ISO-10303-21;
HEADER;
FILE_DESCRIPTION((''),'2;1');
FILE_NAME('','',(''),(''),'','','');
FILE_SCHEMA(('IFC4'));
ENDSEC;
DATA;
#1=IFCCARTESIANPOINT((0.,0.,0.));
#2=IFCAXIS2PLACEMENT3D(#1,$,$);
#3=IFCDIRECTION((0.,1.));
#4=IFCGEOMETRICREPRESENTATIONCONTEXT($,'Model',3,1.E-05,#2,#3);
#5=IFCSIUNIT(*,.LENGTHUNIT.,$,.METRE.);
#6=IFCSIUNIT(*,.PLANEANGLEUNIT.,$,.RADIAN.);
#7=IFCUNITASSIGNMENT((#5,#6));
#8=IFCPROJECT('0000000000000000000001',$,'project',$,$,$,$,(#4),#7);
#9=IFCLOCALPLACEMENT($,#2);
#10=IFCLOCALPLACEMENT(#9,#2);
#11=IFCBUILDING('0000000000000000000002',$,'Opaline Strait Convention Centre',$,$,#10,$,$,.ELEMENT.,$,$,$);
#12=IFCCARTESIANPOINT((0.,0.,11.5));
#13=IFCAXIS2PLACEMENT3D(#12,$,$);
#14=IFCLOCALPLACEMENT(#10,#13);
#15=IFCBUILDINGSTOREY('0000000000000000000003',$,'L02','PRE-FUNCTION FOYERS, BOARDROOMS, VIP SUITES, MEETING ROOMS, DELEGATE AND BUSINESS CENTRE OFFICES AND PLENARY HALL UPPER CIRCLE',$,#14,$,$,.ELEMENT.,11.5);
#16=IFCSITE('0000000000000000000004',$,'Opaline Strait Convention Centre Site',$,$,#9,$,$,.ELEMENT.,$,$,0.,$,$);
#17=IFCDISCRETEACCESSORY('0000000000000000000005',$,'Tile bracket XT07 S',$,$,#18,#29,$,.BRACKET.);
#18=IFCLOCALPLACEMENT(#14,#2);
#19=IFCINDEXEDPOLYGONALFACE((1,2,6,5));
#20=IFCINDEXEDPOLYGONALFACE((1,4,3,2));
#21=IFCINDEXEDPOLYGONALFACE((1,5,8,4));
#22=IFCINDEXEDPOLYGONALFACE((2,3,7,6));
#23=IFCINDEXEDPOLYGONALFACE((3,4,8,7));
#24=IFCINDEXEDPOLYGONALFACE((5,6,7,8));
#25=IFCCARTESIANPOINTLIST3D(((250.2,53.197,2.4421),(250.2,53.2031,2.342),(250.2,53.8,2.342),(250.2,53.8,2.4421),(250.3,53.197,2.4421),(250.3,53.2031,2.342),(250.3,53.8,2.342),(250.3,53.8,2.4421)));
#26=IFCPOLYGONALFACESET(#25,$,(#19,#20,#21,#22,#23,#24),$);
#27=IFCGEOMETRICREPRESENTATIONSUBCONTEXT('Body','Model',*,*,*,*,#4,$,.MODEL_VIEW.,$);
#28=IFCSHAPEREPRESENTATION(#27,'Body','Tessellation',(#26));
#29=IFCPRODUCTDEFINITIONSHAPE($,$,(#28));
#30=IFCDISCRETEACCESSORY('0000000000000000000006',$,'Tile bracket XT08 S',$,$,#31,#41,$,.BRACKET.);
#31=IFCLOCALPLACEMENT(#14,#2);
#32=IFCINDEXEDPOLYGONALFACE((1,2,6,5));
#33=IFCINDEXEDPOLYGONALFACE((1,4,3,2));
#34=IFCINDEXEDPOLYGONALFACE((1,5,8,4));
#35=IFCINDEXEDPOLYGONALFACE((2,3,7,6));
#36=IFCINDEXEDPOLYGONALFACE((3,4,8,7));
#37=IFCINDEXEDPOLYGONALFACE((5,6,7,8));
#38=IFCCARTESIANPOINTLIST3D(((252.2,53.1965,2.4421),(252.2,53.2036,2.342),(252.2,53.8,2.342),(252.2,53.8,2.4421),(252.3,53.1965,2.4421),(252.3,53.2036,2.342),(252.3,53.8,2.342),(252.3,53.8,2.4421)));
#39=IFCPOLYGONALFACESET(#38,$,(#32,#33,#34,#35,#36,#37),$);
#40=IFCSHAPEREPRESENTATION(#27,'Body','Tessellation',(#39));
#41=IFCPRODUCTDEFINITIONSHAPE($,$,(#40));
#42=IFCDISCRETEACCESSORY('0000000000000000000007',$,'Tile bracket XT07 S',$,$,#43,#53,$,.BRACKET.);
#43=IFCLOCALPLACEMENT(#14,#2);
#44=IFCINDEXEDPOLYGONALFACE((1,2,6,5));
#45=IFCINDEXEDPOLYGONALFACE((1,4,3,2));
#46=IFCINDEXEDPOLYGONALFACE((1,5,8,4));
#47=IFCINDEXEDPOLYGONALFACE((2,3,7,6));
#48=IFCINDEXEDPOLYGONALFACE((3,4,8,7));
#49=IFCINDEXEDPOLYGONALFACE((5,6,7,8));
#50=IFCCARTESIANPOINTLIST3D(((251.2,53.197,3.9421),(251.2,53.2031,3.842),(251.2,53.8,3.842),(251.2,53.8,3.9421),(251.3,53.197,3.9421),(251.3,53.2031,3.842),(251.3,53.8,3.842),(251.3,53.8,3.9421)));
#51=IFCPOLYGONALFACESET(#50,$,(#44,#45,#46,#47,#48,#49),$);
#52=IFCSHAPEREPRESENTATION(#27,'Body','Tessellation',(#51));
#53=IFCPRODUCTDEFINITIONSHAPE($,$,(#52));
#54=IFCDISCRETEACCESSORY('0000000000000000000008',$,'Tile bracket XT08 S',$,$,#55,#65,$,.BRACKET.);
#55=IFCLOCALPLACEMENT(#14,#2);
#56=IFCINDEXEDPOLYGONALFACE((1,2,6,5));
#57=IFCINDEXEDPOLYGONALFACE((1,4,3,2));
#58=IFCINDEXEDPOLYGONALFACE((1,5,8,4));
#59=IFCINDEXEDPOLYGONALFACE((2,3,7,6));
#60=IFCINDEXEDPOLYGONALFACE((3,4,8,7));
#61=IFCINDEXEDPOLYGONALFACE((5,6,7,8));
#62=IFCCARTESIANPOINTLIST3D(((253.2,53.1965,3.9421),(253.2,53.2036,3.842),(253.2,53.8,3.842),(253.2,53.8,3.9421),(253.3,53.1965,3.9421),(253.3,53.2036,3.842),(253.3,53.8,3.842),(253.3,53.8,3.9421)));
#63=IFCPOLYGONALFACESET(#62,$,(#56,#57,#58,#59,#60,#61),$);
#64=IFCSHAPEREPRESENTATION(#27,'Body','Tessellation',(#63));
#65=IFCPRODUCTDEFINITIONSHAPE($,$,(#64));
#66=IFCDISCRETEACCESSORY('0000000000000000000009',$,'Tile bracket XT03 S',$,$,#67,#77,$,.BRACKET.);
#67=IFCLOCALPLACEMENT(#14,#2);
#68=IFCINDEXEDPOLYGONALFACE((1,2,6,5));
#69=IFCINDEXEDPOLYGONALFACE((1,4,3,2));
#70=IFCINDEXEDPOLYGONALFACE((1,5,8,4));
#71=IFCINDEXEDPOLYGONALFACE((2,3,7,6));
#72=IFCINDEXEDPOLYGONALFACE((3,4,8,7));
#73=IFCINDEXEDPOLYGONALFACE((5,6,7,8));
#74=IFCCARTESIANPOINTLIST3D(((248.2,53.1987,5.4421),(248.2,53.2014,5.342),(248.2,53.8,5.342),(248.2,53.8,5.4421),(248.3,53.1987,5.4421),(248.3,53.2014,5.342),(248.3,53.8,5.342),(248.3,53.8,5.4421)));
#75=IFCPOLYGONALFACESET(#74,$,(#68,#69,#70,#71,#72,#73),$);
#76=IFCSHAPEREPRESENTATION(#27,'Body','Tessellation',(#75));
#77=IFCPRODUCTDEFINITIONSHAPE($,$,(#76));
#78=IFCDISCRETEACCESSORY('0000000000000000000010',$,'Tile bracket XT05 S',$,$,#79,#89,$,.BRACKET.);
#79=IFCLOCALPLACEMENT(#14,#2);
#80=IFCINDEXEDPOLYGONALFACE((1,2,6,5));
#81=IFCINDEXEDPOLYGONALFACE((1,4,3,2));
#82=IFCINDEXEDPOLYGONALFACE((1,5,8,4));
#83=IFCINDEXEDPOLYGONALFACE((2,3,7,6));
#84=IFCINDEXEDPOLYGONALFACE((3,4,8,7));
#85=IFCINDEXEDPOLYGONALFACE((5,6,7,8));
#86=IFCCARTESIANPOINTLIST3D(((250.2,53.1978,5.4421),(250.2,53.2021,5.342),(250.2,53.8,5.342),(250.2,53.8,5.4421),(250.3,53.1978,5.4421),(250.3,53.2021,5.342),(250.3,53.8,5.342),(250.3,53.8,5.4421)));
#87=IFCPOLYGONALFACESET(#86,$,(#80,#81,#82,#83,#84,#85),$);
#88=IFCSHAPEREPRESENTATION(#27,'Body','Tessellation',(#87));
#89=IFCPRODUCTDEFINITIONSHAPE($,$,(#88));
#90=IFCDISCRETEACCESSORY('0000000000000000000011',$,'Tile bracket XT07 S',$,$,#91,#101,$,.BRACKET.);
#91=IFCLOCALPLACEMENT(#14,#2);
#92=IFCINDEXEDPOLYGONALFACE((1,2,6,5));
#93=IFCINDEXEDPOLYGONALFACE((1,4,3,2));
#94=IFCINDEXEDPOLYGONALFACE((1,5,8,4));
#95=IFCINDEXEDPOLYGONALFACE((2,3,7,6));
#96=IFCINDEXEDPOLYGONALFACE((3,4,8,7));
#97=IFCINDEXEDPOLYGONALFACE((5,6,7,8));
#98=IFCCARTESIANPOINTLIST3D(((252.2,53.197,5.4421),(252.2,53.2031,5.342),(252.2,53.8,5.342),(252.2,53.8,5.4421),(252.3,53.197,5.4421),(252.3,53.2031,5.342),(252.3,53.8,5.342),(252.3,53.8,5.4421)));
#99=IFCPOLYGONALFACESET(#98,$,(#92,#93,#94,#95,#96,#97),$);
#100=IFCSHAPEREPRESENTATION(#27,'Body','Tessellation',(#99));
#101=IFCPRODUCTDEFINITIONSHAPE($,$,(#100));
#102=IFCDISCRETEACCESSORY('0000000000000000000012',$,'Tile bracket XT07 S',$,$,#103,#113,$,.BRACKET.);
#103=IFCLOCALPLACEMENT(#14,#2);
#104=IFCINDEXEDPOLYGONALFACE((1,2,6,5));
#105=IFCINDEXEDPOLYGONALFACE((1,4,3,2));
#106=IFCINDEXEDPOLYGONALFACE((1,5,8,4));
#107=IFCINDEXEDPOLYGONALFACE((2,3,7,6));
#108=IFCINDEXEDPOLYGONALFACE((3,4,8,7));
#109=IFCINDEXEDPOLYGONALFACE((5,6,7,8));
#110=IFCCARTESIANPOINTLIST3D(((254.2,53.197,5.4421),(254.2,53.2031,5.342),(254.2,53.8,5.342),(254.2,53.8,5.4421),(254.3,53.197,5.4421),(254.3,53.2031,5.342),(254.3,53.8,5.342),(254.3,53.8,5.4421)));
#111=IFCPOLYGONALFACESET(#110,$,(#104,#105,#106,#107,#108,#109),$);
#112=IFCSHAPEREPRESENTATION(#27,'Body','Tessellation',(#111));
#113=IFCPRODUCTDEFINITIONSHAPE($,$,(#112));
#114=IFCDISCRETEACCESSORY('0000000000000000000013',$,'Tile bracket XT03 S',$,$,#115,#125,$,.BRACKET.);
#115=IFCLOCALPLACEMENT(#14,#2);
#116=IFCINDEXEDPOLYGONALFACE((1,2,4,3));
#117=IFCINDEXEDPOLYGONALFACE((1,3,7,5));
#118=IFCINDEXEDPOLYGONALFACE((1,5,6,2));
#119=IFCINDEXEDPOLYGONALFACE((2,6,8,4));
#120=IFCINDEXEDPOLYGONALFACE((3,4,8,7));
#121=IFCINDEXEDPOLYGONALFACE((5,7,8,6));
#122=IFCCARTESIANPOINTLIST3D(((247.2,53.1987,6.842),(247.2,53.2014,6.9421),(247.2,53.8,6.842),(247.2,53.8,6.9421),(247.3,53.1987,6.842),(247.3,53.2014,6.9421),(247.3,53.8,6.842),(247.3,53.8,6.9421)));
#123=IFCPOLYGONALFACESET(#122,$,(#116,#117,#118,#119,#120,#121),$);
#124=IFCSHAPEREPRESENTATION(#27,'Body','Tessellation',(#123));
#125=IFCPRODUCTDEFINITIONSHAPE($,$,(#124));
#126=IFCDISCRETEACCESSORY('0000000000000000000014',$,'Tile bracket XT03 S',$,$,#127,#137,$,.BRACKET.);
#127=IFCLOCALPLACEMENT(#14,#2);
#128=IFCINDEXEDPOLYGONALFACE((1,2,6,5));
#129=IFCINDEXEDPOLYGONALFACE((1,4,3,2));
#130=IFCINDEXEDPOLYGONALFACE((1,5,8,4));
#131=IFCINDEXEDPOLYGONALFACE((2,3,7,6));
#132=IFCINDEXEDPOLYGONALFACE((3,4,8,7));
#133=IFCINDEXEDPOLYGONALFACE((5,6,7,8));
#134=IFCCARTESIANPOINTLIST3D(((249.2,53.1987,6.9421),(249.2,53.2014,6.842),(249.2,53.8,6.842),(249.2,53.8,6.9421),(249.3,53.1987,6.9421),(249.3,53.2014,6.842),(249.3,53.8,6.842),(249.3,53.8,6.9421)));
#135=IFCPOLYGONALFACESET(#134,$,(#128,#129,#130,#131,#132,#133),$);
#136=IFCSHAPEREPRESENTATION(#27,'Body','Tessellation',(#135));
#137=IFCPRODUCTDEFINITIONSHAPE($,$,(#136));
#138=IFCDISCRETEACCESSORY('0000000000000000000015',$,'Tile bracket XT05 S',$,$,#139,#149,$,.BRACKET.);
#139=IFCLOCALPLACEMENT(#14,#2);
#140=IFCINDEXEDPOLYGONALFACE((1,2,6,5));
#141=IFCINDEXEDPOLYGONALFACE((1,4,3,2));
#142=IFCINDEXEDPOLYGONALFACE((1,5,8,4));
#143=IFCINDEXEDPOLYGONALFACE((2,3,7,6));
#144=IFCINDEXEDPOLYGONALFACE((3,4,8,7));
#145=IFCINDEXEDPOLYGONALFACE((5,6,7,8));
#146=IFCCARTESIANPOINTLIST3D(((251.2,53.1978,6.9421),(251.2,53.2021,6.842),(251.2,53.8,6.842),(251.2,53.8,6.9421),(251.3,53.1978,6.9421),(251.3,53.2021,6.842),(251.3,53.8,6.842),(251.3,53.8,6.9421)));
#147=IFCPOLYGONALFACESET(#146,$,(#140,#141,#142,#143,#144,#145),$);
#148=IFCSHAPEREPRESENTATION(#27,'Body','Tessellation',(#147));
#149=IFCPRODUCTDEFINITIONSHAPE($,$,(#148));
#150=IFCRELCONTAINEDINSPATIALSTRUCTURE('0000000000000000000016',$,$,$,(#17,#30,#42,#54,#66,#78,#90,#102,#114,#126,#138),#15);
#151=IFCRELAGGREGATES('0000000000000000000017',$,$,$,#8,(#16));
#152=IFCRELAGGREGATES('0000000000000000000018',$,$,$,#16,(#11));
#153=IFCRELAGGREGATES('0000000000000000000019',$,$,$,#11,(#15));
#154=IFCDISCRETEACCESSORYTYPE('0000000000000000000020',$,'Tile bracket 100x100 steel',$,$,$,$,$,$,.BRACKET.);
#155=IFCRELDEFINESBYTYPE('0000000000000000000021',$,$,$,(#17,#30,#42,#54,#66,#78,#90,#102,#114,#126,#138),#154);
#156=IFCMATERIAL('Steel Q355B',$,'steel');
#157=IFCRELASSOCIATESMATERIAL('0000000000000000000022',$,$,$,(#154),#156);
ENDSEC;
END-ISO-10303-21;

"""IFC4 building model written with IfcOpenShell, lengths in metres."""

from ifc_helpers import new_model, si_unit, direction, frame, origin, place, context, subcontext, project, spatial, polyline, outline, extrude, material, type_object, element, save


model = new_model("IFC4")

# Units and contexts
model_context = context("Model", 3, precision=1e-05, world=origin(), true_north=direction((0.0, 1.0)))
body_context = subcontext(model_context, "Body", "Model", "MODEL_VIEW")
ifc_project = project(units=[si_unit("LENGTHUNIT", "METRE"), si_unit("PLANEANGLEUNIT", "RADIAN")], contexts=[model_context])

# Site, building, storey
site_placement = place(None, origin())
site = spatial("IfcSite", under=ifc_project, at=site_placement, Name="Opaline Strait Convention Centre Site", CompositionType="ELEMENT", RefElevation=0.0)
building_placement = place(site_placement, origin())
building = spatial("IfcBuilding", under=site, at=building_placement, Name="Opaline Strait Convention Centre", CompositionType="ELEMENT")
storey_placement = place(building_placement, frame((0.0, 0.0, 11.5)))
storey = spatial("IfcBuildingStorey", under=building, at=storey_placement, Name="L02", Description="PRE-FUNCTION FOYERS, BOARDROOMS, VIP SUITES, MEETING ROOMS, DELEGATE AND BUSINESS CENTRE OFFICES AND PLENARY HALL UPPER CIRCLE", CompositionType="ELEMENT", Elevation=11.5)

# Discrete accessories
ifc_material_1 = material(Name="Steel Q355B", Category="steel")
discrete_accessory_type = type_object("IfcDiscreteAccessoryType", Name="Tile bracket 100x100 steel", PredefinedType="BRACKET", material=ifc_material_1)
discrete_accessory_1_placement = place(storey_placement, frame((250.2, 53.8, 2.3921), z_axis=(1.0, 0.0, 0.0), x_axis=(0.0, 1.0, 0.0)))
element("IfcDiscreteAccessory", 1, at=discrete_accessory_1_placement, inside=storey, type_object=discrete_accessory_type, Name="Tile bracket XT07 S", PredefinedType="BRACKET", context=body_context, shape_type="SweptSolid", body=[
    extrude(outline(polyline([(0.0, -0.05), (0.0, 0.05), (-0.603, 0.05), (-0.5969, -0.05), (0.0, -0.05)])), origin(), (0.0, 0.0, 1.0), 0.1001),
])
discrete_accessory_2_placement = place(storey_placement, frame((252.2, 53.8, 2.3921), z_axis=(1.0, 0.0, 0.0), x_axis=(0.0, 1.0, 0.0)))
element("IfcDiscreteAccessory", 2, at=discrete_accessory_2_placement, inside=storey, type_object=discrete_accessory_type, Name="Tile bracket XT08 S", PredefinedType="BRACKET", context=body_context, shape_type="SweptSolid", body=[
    extrude(outline(polyline([(0.0, -0.05), (0.0, 0.05), (-0.6035, 0.05), (-0.5964, -0.05), (0.0, -0.05)])), origin(), (0.0, 0.0, 1.0), 0.1001),
])
discrete_accessory_3_placement = place(storey_placement, frame((251.2, 53.8, 3.8921), z_axis=(1.0, 0.0, 0.0), x_axis=(0.0, 1.0, 0.0)))
element("IfcDiscreteAccessory", 3, at=discrete_accessory_3_placement, inside=storey, type_object=discrete_accessory_type, Name="Tile bracket XT07 S", PredefinedType="BRACKET", context=body_context, shape_type="SweptSolid", body=[
    extrude(outline(polyline([(0.0, -0.05), (0.0, 0.05), (-0.603, 0.05), (-0.5969, -0.05), (0.0, -0.05)])), origin(), (0.0, 0.0, 1.0), 0.1001),
])
discrete_accessory_4_placement = place(storey_placement, frame((253.2, 53.8, 3.8921), z_axis=(1.0, 0.0, 0.0), x_axis=(0.0, 1.0, 0.0)))
element("IfcDiscreteAccessory", 4, at=discrete_accessory_4_placement, inside=storey, type_object=discrete_accessory_type, Name="Tile bracket XT08 S", PredefinedType="BRACKET", context=body_context, shape_type="SweptSolid", body=[
    extrude(outline(polyline([(0.0, -0.05), (0.0, 0.05), (-0.6035, 0.05), (-0.5964, -0.05), (0.0, -0.05)])), origin(), (0.0, 0.0, 1.0), 0.1001),
])
discrete_accessory_5_placement = place(storey_placement, frame((248.2, 53.8, 5.3921), z_axis=(1.0, 0.0, 0.0), x_axis=(0.0, 1.0, 0.0)))
element("IfcDiscreteAccessory", 5, at=discrete_accessory_5_placement, inside=storey, type_object=discrete_accessory_type, Name="Tile bracket XT03 S", PredefinedType="BRACKET", context=body_context, shape_type="SweptSolid", body=[
    extrude(outline(polyline([(0.0, -0.05), (0.0, 0.05), (-0.6013, 0.05), (-0.5986, -0.05), (0.0, -0.05)])), origin(), (0.0, 0.0, 1.0), 0.1001),
])
discrete_accessory_6_placement = place(storey_placement, frame((250.2, 53.8, 5.3921), z_axis=(1.0, 0.0, 0.0), x_axis=(0.0, 1.0, 0.0)))
element("IfcDiscreteAccessory", 6, at=discrete_accessory_6_placement, inside=storey, type_object=discrete_accessory_type, Name="Tile bracket XT05 S", PredefinedType="BRACKET", context=body_context, shape_type="SweptSolid", body=[
    extrude(outline(polyline([(0.0, -0.05), (0.0, 0.05), (-0.6023, 0.05), (-0.5979, -0.05), (0.0, -0.05)])), origin(), (0.0, 0.0, 1.0), 0.1001),
])
for number, where, z_axis, x_axis, name in (
    (7, (252.2, 53.8, 5.3921), (1.0, 0.0, 0.0), (0.0, 1.0, 0.0), "Tile bracket XT07 S"),
    (8, (254.2, 53.8, 5.3921), (1.0, 0.0, 0.0), (0.0, 1.0, 0.0), "Tile bracket XT07 S"),
):
    element("IfcDiscreteAccessory", number, at=place(storey_placement, frame(where, z_axis=z_axis, x_axis=x_axis)), inside=storey, type_object=discrete_accessory_type, Name=name, PredefinedType="BRACKET", context=body_context, shape_type="SweptSolid", body=[
        extrude(outline(polyline([(0.0, -0.05), (0.0, 0.05), (-0.603, 0.05), (-0.5969, -0.05), (0.0, -0.05)])), origin(), (0.0, 0.0, 1.0), 0.1001),
    ])
discrete_accessory_7_placement = place(storey_placement, frame((247.2, 53.8, 6.8921), z_axis=(1.0, 0.0, 0.0), x_axis=(0.0, 1.0, 0.0)))
element("IfcDiscreteAccessory", 9, at=discrete_accessory_7_placement, inside=storey, type_object=discrete_accessory_type, Name="Tile bracket XT03 S", PredefinedType="BRACKET", context=body_context, shape_type="SweptSolid", body=[
    extrude(outline(polyline([(0.0, -0.05), (0.0, 0.05), (-0.5986, 0.05), (-0.6013, -0.05), (0.0, -0.05)])), origin(), (0.0, 0.0, 1.0), 0.1001),
])
discrete_accessory_8_placement = place(storey_placement, frame((249.2, 53.8, 6.8921), z_axis=(1.0, 0.0, 0.0), x_axis=(0.0, 1.0, 0.0)))
element("IfcDiscreteAccessory", 10, at=discrete_accessory_8_placement, inside=storey, type_object=discrete_accessory_type, Name="Tile bracket XT03 S", PredefinedType="BRACKET", context=body_context, shape_type="SweptSolid", body=[
    extrude(outline(polyline([(0.0, -0.05), (0.0, 0.05), (-0.6013, 0.05), (-0.5986, -0.05), (0.0, -0.05)])), origin(), (0.0, 0.0, 1.0), 0.1001),
])
discrete_accessory_9_placement = place(storey_placement, frame((251.2, 53.8, 6.8921), z_axis=(1.0, 0.0, 0.0), x_axis=(0.0, 1.0, 0.0)))
element("IfcDiscreteAccessory", 11, at=discrete_accessory_9_placement, inside=storey, type_object=discrete_accessory_type, Name="Tile bracket XT05 S", PredefinedType="BRACKET", context=body_context, shape_type="SweptSolid", body=[
    extrude(outline(polyline([(0.0, -0.05), (0.0, 0.05), (-0.6023, 0.05), (-0.5979, -0.05), (0.0, -0.05)])), origin(), (0.0, 0.0, 1.0), 0.1001),
])

save(model, "model.ifc")
